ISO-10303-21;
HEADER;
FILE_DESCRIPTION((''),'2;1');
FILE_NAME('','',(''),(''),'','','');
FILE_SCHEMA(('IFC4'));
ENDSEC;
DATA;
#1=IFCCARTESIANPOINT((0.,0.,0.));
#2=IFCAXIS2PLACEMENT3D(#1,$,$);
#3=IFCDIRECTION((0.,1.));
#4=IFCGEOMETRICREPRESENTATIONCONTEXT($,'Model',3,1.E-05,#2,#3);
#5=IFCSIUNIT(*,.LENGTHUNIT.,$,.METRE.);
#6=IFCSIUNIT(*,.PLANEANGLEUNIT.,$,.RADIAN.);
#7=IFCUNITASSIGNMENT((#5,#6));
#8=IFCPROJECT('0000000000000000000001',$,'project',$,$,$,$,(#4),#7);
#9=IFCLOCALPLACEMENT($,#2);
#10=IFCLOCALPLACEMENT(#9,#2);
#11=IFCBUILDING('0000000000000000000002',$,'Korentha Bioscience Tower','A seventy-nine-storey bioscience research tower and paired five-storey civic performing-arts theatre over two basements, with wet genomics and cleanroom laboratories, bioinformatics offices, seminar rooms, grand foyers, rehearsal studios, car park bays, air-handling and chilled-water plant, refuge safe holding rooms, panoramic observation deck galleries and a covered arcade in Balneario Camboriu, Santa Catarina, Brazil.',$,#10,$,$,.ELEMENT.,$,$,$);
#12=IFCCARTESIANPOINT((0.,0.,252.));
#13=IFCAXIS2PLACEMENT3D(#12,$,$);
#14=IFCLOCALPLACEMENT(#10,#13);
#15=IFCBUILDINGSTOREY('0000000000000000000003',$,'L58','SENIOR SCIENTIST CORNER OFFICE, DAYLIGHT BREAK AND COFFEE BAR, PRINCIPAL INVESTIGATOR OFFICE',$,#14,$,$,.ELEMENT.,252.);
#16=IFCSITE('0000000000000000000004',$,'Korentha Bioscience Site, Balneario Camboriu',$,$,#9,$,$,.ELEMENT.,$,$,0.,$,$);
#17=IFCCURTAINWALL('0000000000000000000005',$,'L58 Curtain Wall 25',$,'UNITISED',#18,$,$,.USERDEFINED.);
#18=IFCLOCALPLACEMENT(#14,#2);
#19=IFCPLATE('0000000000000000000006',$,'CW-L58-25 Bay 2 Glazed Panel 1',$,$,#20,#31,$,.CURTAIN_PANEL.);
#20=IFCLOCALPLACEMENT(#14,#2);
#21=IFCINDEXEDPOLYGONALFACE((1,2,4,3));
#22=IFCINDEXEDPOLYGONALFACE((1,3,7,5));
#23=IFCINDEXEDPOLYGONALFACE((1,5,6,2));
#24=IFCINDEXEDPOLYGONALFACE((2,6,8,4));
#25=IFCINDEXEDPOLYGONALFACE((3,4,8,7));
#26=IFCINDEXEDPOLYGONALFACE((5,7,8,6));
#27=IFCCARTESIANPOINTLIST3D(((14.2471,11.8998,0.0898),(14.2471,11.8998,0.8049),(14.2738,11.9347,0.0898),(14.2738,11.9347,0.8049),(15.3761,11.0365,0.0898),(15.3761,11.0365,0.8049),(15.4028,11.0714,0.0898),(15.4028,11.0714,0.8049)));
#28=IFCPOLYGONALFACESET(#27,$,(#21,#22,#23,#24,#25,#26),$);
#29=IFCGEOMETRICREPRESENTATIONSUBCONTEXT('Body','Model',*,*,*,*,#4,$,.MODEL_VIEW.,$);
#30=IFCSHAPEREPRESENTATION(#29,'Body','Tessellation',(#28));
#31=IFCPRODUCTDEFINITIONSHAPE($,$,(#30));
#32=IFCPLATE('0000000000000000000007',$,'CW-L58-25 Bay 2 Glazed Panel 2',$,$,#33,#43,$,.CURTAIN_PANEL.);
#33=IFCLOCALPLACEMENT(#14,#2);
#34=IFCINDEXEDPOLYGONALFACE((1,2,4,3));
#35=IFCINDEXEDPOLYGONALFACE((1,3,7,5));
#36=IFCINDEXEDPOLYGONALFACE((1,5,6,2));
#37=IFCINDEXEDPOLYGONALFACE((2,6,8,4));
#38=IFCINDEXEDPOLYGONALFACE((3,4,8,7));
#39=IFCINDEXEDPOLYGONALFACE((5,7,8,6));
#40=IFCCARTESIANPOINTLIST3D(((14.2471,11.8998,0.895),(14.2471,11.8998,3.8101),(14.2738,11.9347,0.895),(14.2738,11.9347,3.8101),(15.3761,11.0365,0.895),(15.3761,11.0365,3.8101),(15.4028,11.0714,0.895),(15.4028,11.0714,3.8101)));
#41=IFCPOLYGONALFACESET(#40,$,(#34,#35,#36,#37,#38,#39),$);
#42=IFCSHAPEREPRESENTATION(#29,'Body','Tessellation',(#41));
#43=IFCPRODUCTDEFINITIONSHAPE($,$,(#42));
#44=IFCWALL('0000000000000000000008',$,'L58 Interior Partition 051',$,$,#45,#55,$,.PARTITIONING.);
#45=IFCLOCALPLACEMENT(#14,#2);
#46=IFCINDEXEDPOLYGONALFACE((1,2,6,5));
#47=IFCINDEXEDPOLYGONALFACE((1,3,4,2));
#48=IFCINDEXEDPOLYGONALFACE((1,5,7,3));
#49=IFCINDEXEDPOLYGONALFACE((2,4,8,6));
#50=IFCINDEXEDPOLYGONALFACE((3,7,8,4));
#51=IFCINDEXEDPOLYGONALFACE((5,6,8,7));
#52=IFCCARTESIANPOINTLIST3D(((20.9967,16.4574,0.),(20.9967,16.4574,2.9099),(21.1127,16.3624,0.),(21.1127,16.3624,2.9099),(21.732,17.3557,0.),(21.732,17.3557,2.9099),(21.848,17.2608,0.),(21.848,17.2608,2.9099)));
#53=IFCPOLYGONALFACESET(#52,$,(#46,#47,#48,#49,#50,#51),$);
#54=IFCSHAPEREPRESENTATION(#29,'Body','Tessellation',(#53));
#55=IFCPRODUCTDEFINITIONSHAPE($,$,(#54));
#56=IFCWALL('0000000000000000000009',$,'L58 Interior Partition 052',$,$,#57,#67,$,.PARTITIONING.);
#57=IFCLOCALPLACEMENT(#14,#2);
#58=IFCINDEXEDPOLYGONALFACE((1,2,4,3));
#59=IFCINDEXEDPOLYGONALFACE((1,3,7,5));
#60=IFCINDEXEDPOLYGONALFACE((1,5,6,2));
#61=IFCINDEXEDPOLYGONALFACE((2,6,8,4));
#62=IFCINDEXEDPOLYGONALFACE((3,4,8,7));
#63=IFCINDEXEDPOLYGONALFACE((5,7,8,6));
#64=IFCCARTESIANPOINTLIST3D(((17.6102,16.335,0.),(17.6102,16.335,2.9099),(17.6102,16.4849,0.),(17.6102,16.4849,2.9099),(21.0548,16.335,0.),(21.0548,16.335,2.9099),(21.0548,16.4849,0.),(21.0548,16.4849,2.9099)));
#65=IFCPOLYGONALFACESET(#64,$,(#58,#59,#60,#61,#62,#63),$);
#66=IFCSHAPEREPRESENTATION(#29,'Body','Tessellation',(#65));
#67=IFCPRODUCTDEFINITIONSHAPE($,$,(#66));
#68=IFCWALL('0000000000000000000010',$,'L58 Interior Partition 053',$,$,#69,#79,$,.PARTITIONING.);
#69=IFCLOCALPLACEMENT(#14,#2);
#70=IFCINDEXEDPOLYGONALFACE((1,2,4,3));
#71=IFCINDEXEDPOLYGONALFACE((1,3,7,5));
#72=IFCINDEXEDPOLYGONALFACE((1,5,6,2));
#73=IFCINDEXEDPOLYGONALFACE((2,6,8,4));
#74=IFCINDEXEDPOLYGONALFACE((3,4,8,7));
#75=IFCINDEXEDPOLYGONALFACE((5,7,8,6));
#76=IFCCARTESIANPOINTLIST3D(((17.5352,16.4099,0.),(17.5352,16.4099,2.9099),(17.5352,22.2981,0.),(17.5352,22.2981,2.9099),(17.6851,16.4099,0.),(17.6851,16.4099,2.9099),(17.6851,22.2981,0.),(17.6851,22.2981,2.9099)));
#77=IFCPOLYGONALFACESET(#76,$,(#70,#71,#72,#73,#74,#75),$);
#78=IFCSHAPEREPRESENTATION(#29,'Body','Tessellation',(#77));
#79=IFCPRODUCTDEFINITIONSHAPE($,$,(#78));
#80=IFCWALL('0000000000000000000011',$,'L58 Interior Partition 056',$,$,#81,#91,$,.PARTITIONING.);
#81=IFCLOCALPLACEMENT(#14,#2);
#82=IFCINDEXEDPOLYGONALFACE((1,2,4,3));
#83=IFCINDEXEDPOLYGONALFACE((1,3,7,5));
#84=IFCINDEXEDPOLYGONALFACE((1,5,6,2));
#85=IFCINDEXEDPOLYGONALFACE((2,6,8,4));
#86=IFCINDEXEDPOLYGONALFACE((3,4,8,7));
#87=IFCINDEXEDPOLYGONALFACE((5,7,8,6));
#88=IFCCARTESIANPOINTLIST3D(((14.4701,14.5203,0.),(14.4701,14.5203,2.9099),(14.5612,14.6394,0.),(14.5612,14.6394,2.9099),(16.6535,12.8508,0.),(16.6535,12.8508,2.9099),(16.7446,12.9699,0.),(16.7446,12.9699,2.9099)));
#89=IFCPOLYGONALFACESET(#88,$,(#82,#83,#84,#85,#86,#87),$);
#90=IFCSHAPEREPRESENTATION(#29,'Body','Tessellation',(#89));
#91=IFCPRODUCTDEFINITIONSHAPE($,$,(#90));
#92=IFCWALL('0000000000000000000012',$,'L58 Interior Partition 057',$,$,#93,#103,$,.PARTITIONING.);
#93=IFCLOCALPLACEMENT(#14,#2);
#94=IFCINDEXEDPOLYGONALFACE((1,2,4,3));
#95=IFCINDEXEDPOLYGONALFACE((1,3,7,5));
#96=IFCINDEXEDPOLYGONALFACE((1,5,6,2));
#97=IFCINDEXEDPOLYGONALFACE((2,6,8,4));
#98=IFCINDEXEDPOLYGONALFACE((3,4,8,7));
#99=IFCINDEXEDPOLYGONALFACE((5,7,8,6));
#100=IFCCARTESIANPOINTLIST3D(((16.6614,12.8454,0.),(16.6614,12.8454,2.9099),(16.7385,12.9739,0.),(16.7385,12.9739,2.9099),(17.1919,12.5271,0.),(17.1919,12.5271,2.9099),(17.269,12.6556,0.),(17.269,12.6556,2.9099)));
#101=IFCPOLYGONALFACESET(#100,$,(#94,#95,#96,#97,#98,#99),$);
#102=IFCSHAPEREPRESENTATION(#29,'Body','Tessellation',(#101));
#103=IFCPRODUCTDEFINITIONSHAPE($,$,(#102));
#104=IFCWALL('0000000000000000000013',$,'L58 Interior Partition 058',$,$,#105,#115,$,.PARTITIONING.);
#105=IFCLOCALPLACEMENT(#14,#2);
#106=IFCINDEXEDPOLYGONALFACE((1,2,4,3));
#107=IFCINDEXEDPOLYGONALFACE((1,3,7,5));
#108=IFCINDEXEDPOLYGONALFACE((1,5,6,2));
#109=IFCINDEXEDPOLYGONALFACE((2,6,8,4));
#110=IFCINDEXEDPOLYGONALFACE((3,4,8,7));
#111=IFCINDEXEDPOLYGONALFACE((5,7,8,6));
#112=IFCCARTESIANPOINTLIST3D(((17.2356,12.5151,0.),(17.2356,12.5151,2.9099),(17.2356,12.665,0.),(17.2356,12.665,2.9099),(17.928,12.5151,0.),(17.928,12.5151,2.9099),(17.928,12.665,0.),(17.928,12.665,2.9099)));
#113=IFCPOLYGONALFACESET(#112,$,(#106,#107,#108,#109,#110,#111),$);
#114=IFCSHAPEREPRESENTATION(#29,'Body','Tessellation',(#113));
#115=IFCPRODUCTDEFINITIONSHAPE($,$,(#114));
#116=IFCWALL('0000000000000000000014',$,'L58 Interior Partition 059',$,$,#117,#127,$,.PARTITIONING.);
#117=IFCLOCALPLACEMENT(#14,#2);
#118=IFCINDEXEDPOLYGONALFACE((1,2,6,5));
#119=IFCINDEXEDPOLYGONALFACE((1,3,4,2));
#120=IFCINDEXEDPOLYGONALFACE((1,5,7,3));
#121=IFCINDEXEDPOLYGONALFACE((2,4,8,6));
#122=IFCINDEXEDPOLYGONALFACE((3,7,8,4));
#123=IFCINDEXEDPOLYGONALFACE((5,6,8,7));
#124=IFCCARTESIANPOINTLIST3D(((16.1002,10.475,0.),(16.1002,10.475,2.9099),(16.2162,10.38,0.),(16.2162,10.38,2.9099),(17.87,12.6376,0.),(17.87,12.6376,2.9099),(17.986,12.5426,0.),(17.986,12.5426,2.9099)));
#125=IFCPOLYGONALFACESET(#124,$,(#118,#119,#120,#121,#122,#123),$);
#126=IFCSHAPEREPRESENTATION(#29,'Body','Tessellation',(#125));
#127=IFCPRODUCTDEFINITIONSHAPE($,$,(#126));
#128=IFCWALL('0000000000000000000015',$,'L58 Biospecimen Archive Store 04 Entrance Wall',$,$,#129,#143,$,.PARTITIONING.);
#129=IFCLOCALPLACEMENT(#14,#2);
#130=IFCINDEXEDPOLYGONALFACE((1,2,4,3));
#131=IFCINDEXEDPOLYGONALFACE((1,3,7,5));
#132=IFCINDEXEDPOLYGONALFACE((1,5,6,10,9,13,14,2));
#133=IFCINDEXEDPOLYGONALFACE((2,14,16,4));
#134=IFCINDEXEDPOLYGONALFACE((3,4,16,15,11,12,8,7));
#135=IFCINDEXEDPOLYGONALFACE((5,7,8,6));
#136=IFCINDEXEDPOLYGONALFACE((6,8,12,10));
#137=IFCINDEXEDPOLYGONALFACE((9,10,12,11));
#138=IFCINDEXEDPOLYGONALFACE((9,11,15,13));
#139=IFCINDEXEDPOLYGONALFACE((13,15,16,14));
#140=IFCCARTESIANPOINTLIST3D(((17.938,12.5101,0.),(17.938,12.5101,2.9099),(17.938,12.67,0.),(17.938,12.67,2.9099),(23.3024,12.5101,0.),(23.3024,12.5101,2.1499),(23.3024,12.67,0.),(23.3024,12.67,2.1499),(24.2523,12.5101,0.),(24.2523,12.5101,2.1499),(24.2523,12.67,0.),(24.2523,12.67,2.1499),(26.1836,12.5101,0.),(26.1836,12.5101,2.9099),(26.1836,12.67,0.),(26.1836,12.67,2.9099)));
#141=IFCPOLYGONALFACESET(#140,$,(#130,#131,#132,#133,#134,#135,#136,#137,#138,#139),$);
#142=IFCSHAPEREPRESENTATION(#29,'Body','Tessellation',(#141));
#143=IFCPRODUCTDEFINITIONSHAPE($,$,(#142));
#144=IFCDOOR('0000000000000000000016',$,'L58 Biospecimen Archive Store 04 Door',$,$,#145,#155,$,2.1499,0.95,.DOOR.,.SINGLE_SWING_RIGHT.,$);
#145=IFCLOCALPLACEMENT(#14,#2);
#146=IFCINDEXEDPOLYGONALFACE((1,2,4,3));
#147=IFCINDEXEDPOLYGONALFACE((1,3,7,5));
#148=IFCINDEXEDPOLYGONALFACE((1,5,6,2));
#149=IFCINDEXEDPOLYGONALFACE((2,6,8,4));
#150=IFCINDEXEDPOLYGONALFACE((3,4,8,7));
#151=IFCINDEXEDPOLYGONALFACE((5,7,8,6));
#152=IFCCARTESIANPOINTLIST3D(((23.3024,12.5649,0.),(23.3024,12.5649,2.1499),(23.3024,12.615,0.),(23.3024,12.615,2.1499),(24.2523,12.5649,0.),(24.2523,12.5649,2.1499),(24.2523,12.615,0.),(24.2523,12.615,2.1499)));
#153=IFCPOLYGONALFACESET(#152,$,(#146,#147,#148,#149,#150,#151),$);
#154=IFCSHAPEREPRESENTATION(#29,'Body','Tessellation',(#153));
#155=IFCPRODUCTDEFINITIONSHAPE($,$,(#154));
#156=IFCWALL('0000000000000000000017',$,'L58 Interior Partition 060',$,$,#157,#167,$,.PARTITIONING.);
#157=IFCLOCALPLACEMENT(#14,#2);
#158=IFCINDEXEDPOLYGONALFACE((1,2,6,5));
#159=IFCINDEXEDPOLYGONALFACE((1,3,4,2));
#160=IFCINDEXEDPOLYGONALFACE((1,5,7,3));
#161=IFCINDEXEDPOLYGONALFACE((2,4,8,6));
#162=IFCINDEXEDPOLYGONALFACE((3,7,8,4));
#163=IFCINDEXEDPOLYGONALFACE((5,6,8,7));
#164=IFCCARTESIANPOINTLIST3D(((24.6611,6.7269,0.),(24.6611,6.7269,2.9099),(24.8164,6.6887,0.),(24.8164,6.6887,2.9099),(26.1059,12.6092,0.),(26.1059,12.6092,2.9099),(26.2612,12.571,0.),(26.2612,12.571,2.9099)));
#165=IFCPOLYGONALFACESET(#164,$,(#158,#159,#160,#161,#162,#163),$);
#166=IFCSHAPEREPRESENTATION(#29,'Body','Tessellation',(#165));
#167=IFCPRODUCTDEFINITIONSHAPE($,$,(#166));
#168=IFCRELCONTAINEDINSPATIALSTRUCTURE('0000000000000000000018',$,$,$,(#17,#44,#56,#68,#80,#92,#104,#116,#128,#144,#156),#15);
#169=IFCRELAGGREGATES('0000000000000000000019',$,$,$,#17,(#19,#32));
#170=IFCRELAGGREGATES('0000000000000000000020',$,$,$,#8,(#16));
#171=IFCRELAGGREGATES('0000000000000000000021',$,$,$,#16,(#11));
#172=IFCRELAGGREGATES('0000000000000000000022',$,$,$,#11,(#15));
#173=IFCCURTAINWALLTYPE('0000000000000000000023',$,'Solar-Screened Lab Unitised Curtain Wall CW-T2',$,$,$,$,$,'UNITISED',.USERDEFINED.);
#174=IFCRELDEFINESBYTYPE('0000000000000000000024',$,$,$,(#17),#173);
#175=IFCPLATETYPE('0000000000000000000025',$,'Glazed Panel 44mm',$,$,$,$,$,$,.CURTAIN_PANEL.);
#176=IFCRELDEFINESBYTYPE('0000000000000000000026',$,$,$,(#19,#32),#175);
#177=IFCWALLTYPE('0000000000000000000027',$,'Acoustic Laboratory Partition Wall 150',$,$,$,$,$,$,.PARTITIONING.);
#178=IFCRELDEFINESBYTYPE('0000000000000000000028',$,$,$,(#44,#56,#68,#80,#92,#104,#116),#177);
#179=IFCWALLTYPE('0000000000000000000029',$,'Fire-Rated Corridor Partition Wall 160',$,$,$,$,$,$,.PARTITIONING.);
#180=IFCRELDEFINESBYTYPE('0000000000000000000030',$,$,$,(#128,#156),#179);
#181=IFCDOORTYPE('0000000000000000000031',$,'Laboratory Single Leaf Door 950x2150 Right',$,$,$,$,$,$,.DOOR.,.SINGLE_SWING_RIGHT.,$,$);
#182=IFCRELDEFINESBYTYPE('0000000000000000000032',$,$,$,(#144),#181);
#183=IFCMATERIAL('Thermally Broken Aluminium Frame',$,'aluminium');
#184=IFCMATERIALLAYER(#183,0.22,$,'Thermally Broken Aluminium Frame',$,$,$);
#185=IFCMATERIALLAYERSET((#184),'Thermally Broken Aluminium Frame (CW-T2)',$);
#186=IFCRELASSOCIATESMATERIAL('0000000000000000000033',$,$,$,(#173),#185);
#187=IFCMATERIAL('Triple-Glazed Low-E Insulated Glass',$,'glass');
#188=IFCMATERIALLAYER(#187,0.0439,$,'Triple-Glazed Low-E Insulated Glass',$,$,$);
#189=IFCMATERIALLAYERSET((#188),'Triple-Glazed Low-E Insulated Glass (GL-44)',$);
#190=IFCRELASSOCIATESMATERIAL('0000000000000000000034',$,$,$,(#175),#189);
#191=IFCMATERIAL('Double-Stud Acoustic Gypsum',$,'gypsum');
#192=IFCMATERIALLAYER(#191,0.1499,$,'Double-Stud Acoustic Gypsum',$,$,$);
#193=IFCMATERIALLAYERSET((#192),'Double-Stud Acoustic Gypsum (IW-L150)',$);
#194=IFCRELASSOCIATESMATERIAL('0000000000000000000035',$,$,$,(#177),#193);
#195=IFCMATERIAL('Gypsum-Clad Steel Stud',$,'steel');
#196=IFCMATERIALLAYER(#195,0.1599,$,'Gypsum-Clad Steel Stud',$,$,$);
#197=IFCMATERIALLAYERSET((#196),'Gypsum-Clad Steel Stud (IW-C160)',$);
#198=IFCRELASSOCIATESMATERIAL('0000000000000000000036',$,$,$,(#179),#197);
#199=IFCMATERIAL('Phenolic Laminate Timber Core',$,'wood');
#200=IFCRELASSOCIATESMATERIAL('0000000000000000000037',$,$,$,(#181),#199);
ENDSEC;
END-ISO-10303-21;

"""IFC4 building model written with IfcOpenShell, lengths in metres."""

from ifc_helpers import new_model, si_unit, direction, frame, frame_2d, origin, origin_2d, place, context, subcontext, project, spatial, rectangle, extrude, material, layer, layer_set, type_object, element, fill, aggregate, save


model = new_model("IFC4")

# Units and contexts
model_context = context("Model", 3, precision=1e-05, world=origin(), true_north=direction((0.0, 1.0)))
body_context = subcontext(model_context, "Body", "Model", "MODEL_VIEW")
ifc_project = project(units=[si_unit("LENGTHUNIT", "METRE"), si_unit("PLANEANGLEUNIT", "RADIAN")], contexts=[model_context])

# Site, building, storey
site_placement = place(None, origin())
site = spatial("IfcSite", under=ifc_project, at=site_placement, Name="Korentha Bioscience Site, Balneario Camboriu", CompositionType="ELEMENT", RefElevation=0.0)
building_placement = place(site_placement, origin())
building = spatial("IfcBuilding", under=site, at=building_placement, Name="Korentha Bioscience Tower", Description="A seventy-nine-storey bioscience research tower and paired five-storey civic performing-arts theatre over two basements, with wet genomics and cleanroom laboratories, bioinformatics offices, seminar rooms, grand foyers, rehearsal studios, car park bays, air-handling and chilled-water plant, refuge safe holding rooms, panoramic observation deck galleries and a covered arcade in Balneario Camboriu, Santa Catarina, Brazil.", CompositionType="ELEMENT")
storey_placement = place(building_placement, frame((0.0, 0.0, 252.0)))
storey = spatial("IfcBuildingStorey", under=building, at=storey_placement, Name="L58", Description="SENIOR SCIENTIST CORNER OFFICE, DAYLIGHT BREAK AND COFFEE BAR, PRINCIPAL INVESTIGATOR OFFICE", CompositionType="ELEMENT", Elevation=252.0)

# Curtain wall
ifc_material_1 = material(Name="Thermally Broken Aluminium Frame", Category="aluminium")
ifc_layer_1 = layer(ifc_material_1, 0.22, Name="Thermally Broken Aluminium Frame")
ifc_layer_set_1 = layer_set([ifc_layer_1], Name="Thermally Broken Aluminium Frame (CW-T2)")
curtain_wall_type = type_object("IfcCurtainWallType", Name="Solar-Screened Lab Unitised Curtain Wall CW-T2", ElementType="UNITISED", PredefinedType="USERDEFINED", material=ifc_layer_set_1)
curtain_wall_placement = place(storey_placement, origin())
curtain_wall = element("IfcCurtainWall", 1, at=curtain_wall_placement, inside=storey, type_object=curtain_wall_type, Name="L58 Curtain Wall 25", ObjectType="UNITISED", PredefinedType="USERDEFINED")

# Plates
ifc_material_2 = material(Name="Triple-Glazed Low-E Insulated Glass", Category="glass")
ifc_layer_2 = layer(ifc_material_2, 0.0439, Name="Triple-Glazed Low-E Insulated Glass")
ifc_layer_set_2 = layer_set([ifc_layer_2], Name="Triple-Glazed Low-E Insulated Glass (GL-44)")
plate_type = type_object("IfcPlateType", Name="Glazed Panel 44mm", PredefinedType="CURTAIN_PANEL", material=ifc_layer_set_2)
plate_1_placement = place(storey_placement, frame((14.825, 11.4856, 0.0898), z_axis=(0.0, 0.0, 1.0), x_axis=(0.794382, -0.607418, 0.0)))
plate_1 = element("IfcPlate", 2, at=plate_1_placement, type_object=plate_type, Name="CW-L58-25 Bay 2 Glazed Panel 1", PredefinedType="CURTAIN_PANEL", context=body_context, shape_type="SweptSolid", body=[
    extrude(rectangle(XDim=1.4211, YDim=0.0439, at=origin_2d()), origin(), (0.0, 0.0, 1.0), 0.7151),
])
plate_2_placement = place(storey_placement, frame((14.825, 11.4856, 0.895), z_axis=(0.0, 0.0, 1.0), x_axis=(0.794382, -0.607418, 0.0)))
plate_2 = element("IfcPlate", 3, at=plate_2_placement, type_object=plate_type, Name="CW-L58-25 Bay 2 Glazed Panel 2", PredefinedType="CURTAIN_PANEL", context=body_context, shape_type="SweptSolid", body=[
    extrude(rectangle(XDim=1.4211, YDim=0.0439, at=origin_2d()), origin(), (0.0, 0.0, 1.0), 2.915),
])
aggregate(curtain_wall, [plate_1, plate_2])

# Walls
ifc_material_3 = material(Name="Double-Stud Acoustic Gypsum", Category="gypsum")
ifc_layer_3 = layer(ifc_material_3, 0.1499, Name="Double-Stud Acoustic Gypsum")
ifc_layer_set_3 = layer_set([ifc_layer_3], Name="Double-Stud Acoustic Gypsum (IW-L150)")
wall_type_1 = type_object("IfcWallType", Name="Acoustic Laboratory Partition Wall 150", PredefinedType="PARTITIONING", material=ifc_layer_set_3)
wall_1_placement = place(storey_placement, frame((21.79, 17.3083, 0.0), z_axis=(0.0, 0.0, 1.0), x_axis=(-0.633375, -0.773845, 0.0)))
element("IfcWall", 4, at=wall_1_placement, inside=storey, type_object=wall_type_1, Name="L58 Interior Partition 051", PredefinedType="PARTITIONING", context=body_context, shape_type="SweptSolid", body=[
    extrude(rectangle(XDim=1.1609, YDim=0.1499, at=frame_2d((0.5806, 0.0))), origin(), (0.0, 0.0, 1.0), 2.9099),
])
wall_2_placement = place(storey_placement, frame((21.0547, 16.4099, 0.0), z_axis=(0.0, 0.0, 1.0), x_axis=(-1.0, 0.0, 0.0)))
element("IfcWall", 5, at=wall_2_placement, inside=storey, type_object=wall_type_1, Name="L58 Interior Partition 052", PredefinedType="PARTITIONING", context=body_context, shape_type="SweptSolid", body=[
    extrude(rectangle(XDim=3.4446, YDim=0.1499, at=frame_2d((1.7222, 0.0))), origin(), (0.0, 0.0, 1.0), 2.9099),
])
wall_3_placement = place(storey_placement, frame((17.6101, 16.4099, 0.0), z_axis=(0.0, 0.0, 1.0), x_axis=(0.0, 1.0, 0.0)))
element("IfcWall", 6, at=wall_3_placement, inside=storey, type_object=wall_type_1, Name="L58 Interior Partition 053", PredefinedType="PARTITIONING", context=body_context, shape_type="SweptSolid", body=[
    extrude(rectangle(XDim=5.8882, YDim=0.1499, at=frame_2d((2.9441, 0.0))), origin(), (0.0, 0.0, 1.0), 2.9099),
])
wall_4_placement = place(storey_placement, frame((14.5156, 14.5798, 0.0), z_axis=(0.0, 0.0, 1.0), x_axis=(0.794391, -0.607407, 0.0)))
element("IfcWall", 7, at=wall_4_placement, inside=storey, type_object=wall_type_1, Name="L58 Interior Partition 056", PredefinedType="PARTITIONING", context=body_context, shape_type="SweptSolid", body=[
    extrude(rectangle(XDim=2.7485, YDim=0.1499, at=frame_2d((1.3743, 0.0))), origin(), (0.0, 0.0, 1.0), 2.9099),
])
wall_5_placement = place(storey_placement, frame((16.7, 12.9097, 0.0), z_axis=(0.0, 0.0, 1.0), x_axis=(0.857458, -0.514554, 0.0)))
element("IfcWall", 8, at=wall_5_placement, inside=storey, type_object=wall_type_1, Name="L58 Interior Partition 057", PredefinedType="PARTITIONING", context=body_context, shape_type="SweptSolid", body=[
    extrude(rectangle(XDim=0.6187, YDim=0.1499, at=frame_2d((0.3093, 0.0))), origin(), (0.0, 0.0, 1.0), 2.9099),
])
wall_6_placement = place(storey_placement, frame((17.2356, 12.5901, 0.0), z_axis=(0.0, 0.0, 1.0), x_axis=(1.0, 0.0, 0.0)))
element("IfcWall", 9, at=wall_6_placement, inside=storey, type_object=wall_type_1, Name="L58 Interior Partition 058", PredefinedType="PARTITIONING", context=body_context, shape_type="SweptSolid", body=[
    extrude(rectangle(XDim=0.6924, YDim=0.1499, at=frame_2d((0.3462, 0.0))), origin(), (0.0, 0.0, 1.0), 2.9099),
])
wall_7_placement = place(storey_placement, frame((17.928, 12.5901, 0.0), z_axis=(0.0, 0.0, 1.0), x_axis=(-0.633319, -0.773891, 0.0)))
element("IfcWall", 10, at=wall_7_placement, inside=storey, type_object=wall_type_1, Name="L58 Interior Partition 059", PredefinedType="PARTITIONING", context=body_context, shape_type="SweptSolid", body=[
    extrude(rectangle(XDim=2.7944, YDim=0.1499, at=frame_2d((1.3972, 0.0))), origin(), (0.0, 0.0, 1.0), 2.9099),
])

# Wall, opening, door
ifc_material_4 = material(Name="Gypsum-Clad Steel Stud", Category="steel")
ifc_layer_4 = layer(ifc_material_4, 0.1599, Name="Gypsum-Clad Steel Stud")
ifc_layer_set_4 = layer_set([ifc_layer_4], Name="Gypsum-Clad Steel Stud (IW-C160)")
wall_type_2 = type_object("IfcWallType", Name="Fire-Rated Corridor Partition Wall 160", PredefinedType="PARTITIONING", material=ifc_layer_set_4)
wall_8_placement = place(storey_placement, frame((17.938, 12.5901, 0.0), z_axis=(0.0, 0.0, 1.0), x_axis=(1.0, 0.0, 0.0)))
wall_8 = element("IfcWall", 11, at=wall_8_placement, inside=storey, type_object=wall_type_2, Name="L58 Biospecimen Archive Store 04 Entrance Wall", PredefinedType="PARTITIONING", context=body_context, shape_type="SweptSolid", body=[
    extrude(rectangle(XDim=8.2456, YDim=0.1599, at=frame_2d((4.1228, 0.0))), origin(), (0.0, 0.0, 1.0), 2.9099),
])
opening_1_placement = place(wall_8_placement, frame((5.3643, 0.0, 0.0)))
opening_1 = element("IfcOpeningElement", 12, at=opening_1_placement, cuts=wall_8, PredefinedType="OPENING", context=body_context, shape_type="SweptSolid", body=[
    extrude(rectangle(XDim=0.95, YDim=2.1499, at=frame_2d((0.4751, 1.075))), frame((0.0, 0.0947, 0.0), z_axis=(0.0, -1.0, 0.0), x_axis=(1.0, 0.0, 0.0)), (0.0, 0.0, 1.0), 0.1897),
])
ifc_material_5 = material(Name="Phenolic Laminate Timber Core", Category="wood")
door_type_1 = type_object("IfcDoorType", Name="Laboratory Single Leaf Door 950x2150 Right", OperationType="SINGLE_SWING_RIGHT", PredefinedType="DOOR", material=ifc_material_5)
door_1_placement = place(opening_1_placement, origin())
door_1 = element("IfcDoor", 13, at=door_1_placement, inside=storey, type_object=door_type_1, Name="L58 Biospecimen Archive Store 04 Door", OperationType="SINGLE_SWING_RIGHT", OverallHeight=2.1499, OverallWidth=0.95, PredefinedType="DOOR", context=body_context, shape_type="SweptSolid", body=[
    extrude(rectangle(XDim=0.95, YDim=2.1499, at=frame_2d((0.4751, 1.075))), frame((0.0, 0.0249, 0.0), z_axis=(0.0, -1.0, 0.0), x_axis=(1.0, 0.0, 0.0)), (0.0, 0.0, 1.0), 0.05),
])
fill(opening_1, door_1)

# Wall
wall_9_placement = place(storey_placement, frame((26.1836, 12.5901, 0.0), z_axis=(0.0, 0.0, 1.0), x_axis=(-0.238531, -0.971135, 0.0)))
element("IfcWall", 14, at=wall_9_placement, inside=storey, type_object=wall_type_2, Name="L58 Interior Partition 060", PredefinedType="PARTITIONING", context=body_context, shape_type="SweptSolid", body=[
    extrude(rectangle(XDim=6.0571, YDim=0.1599, at=frame_2d((3.0286, 0.0))), origin(), (0.0, 0.0, 1.0), 2.9099),
])

save(model, "model.ifc")
